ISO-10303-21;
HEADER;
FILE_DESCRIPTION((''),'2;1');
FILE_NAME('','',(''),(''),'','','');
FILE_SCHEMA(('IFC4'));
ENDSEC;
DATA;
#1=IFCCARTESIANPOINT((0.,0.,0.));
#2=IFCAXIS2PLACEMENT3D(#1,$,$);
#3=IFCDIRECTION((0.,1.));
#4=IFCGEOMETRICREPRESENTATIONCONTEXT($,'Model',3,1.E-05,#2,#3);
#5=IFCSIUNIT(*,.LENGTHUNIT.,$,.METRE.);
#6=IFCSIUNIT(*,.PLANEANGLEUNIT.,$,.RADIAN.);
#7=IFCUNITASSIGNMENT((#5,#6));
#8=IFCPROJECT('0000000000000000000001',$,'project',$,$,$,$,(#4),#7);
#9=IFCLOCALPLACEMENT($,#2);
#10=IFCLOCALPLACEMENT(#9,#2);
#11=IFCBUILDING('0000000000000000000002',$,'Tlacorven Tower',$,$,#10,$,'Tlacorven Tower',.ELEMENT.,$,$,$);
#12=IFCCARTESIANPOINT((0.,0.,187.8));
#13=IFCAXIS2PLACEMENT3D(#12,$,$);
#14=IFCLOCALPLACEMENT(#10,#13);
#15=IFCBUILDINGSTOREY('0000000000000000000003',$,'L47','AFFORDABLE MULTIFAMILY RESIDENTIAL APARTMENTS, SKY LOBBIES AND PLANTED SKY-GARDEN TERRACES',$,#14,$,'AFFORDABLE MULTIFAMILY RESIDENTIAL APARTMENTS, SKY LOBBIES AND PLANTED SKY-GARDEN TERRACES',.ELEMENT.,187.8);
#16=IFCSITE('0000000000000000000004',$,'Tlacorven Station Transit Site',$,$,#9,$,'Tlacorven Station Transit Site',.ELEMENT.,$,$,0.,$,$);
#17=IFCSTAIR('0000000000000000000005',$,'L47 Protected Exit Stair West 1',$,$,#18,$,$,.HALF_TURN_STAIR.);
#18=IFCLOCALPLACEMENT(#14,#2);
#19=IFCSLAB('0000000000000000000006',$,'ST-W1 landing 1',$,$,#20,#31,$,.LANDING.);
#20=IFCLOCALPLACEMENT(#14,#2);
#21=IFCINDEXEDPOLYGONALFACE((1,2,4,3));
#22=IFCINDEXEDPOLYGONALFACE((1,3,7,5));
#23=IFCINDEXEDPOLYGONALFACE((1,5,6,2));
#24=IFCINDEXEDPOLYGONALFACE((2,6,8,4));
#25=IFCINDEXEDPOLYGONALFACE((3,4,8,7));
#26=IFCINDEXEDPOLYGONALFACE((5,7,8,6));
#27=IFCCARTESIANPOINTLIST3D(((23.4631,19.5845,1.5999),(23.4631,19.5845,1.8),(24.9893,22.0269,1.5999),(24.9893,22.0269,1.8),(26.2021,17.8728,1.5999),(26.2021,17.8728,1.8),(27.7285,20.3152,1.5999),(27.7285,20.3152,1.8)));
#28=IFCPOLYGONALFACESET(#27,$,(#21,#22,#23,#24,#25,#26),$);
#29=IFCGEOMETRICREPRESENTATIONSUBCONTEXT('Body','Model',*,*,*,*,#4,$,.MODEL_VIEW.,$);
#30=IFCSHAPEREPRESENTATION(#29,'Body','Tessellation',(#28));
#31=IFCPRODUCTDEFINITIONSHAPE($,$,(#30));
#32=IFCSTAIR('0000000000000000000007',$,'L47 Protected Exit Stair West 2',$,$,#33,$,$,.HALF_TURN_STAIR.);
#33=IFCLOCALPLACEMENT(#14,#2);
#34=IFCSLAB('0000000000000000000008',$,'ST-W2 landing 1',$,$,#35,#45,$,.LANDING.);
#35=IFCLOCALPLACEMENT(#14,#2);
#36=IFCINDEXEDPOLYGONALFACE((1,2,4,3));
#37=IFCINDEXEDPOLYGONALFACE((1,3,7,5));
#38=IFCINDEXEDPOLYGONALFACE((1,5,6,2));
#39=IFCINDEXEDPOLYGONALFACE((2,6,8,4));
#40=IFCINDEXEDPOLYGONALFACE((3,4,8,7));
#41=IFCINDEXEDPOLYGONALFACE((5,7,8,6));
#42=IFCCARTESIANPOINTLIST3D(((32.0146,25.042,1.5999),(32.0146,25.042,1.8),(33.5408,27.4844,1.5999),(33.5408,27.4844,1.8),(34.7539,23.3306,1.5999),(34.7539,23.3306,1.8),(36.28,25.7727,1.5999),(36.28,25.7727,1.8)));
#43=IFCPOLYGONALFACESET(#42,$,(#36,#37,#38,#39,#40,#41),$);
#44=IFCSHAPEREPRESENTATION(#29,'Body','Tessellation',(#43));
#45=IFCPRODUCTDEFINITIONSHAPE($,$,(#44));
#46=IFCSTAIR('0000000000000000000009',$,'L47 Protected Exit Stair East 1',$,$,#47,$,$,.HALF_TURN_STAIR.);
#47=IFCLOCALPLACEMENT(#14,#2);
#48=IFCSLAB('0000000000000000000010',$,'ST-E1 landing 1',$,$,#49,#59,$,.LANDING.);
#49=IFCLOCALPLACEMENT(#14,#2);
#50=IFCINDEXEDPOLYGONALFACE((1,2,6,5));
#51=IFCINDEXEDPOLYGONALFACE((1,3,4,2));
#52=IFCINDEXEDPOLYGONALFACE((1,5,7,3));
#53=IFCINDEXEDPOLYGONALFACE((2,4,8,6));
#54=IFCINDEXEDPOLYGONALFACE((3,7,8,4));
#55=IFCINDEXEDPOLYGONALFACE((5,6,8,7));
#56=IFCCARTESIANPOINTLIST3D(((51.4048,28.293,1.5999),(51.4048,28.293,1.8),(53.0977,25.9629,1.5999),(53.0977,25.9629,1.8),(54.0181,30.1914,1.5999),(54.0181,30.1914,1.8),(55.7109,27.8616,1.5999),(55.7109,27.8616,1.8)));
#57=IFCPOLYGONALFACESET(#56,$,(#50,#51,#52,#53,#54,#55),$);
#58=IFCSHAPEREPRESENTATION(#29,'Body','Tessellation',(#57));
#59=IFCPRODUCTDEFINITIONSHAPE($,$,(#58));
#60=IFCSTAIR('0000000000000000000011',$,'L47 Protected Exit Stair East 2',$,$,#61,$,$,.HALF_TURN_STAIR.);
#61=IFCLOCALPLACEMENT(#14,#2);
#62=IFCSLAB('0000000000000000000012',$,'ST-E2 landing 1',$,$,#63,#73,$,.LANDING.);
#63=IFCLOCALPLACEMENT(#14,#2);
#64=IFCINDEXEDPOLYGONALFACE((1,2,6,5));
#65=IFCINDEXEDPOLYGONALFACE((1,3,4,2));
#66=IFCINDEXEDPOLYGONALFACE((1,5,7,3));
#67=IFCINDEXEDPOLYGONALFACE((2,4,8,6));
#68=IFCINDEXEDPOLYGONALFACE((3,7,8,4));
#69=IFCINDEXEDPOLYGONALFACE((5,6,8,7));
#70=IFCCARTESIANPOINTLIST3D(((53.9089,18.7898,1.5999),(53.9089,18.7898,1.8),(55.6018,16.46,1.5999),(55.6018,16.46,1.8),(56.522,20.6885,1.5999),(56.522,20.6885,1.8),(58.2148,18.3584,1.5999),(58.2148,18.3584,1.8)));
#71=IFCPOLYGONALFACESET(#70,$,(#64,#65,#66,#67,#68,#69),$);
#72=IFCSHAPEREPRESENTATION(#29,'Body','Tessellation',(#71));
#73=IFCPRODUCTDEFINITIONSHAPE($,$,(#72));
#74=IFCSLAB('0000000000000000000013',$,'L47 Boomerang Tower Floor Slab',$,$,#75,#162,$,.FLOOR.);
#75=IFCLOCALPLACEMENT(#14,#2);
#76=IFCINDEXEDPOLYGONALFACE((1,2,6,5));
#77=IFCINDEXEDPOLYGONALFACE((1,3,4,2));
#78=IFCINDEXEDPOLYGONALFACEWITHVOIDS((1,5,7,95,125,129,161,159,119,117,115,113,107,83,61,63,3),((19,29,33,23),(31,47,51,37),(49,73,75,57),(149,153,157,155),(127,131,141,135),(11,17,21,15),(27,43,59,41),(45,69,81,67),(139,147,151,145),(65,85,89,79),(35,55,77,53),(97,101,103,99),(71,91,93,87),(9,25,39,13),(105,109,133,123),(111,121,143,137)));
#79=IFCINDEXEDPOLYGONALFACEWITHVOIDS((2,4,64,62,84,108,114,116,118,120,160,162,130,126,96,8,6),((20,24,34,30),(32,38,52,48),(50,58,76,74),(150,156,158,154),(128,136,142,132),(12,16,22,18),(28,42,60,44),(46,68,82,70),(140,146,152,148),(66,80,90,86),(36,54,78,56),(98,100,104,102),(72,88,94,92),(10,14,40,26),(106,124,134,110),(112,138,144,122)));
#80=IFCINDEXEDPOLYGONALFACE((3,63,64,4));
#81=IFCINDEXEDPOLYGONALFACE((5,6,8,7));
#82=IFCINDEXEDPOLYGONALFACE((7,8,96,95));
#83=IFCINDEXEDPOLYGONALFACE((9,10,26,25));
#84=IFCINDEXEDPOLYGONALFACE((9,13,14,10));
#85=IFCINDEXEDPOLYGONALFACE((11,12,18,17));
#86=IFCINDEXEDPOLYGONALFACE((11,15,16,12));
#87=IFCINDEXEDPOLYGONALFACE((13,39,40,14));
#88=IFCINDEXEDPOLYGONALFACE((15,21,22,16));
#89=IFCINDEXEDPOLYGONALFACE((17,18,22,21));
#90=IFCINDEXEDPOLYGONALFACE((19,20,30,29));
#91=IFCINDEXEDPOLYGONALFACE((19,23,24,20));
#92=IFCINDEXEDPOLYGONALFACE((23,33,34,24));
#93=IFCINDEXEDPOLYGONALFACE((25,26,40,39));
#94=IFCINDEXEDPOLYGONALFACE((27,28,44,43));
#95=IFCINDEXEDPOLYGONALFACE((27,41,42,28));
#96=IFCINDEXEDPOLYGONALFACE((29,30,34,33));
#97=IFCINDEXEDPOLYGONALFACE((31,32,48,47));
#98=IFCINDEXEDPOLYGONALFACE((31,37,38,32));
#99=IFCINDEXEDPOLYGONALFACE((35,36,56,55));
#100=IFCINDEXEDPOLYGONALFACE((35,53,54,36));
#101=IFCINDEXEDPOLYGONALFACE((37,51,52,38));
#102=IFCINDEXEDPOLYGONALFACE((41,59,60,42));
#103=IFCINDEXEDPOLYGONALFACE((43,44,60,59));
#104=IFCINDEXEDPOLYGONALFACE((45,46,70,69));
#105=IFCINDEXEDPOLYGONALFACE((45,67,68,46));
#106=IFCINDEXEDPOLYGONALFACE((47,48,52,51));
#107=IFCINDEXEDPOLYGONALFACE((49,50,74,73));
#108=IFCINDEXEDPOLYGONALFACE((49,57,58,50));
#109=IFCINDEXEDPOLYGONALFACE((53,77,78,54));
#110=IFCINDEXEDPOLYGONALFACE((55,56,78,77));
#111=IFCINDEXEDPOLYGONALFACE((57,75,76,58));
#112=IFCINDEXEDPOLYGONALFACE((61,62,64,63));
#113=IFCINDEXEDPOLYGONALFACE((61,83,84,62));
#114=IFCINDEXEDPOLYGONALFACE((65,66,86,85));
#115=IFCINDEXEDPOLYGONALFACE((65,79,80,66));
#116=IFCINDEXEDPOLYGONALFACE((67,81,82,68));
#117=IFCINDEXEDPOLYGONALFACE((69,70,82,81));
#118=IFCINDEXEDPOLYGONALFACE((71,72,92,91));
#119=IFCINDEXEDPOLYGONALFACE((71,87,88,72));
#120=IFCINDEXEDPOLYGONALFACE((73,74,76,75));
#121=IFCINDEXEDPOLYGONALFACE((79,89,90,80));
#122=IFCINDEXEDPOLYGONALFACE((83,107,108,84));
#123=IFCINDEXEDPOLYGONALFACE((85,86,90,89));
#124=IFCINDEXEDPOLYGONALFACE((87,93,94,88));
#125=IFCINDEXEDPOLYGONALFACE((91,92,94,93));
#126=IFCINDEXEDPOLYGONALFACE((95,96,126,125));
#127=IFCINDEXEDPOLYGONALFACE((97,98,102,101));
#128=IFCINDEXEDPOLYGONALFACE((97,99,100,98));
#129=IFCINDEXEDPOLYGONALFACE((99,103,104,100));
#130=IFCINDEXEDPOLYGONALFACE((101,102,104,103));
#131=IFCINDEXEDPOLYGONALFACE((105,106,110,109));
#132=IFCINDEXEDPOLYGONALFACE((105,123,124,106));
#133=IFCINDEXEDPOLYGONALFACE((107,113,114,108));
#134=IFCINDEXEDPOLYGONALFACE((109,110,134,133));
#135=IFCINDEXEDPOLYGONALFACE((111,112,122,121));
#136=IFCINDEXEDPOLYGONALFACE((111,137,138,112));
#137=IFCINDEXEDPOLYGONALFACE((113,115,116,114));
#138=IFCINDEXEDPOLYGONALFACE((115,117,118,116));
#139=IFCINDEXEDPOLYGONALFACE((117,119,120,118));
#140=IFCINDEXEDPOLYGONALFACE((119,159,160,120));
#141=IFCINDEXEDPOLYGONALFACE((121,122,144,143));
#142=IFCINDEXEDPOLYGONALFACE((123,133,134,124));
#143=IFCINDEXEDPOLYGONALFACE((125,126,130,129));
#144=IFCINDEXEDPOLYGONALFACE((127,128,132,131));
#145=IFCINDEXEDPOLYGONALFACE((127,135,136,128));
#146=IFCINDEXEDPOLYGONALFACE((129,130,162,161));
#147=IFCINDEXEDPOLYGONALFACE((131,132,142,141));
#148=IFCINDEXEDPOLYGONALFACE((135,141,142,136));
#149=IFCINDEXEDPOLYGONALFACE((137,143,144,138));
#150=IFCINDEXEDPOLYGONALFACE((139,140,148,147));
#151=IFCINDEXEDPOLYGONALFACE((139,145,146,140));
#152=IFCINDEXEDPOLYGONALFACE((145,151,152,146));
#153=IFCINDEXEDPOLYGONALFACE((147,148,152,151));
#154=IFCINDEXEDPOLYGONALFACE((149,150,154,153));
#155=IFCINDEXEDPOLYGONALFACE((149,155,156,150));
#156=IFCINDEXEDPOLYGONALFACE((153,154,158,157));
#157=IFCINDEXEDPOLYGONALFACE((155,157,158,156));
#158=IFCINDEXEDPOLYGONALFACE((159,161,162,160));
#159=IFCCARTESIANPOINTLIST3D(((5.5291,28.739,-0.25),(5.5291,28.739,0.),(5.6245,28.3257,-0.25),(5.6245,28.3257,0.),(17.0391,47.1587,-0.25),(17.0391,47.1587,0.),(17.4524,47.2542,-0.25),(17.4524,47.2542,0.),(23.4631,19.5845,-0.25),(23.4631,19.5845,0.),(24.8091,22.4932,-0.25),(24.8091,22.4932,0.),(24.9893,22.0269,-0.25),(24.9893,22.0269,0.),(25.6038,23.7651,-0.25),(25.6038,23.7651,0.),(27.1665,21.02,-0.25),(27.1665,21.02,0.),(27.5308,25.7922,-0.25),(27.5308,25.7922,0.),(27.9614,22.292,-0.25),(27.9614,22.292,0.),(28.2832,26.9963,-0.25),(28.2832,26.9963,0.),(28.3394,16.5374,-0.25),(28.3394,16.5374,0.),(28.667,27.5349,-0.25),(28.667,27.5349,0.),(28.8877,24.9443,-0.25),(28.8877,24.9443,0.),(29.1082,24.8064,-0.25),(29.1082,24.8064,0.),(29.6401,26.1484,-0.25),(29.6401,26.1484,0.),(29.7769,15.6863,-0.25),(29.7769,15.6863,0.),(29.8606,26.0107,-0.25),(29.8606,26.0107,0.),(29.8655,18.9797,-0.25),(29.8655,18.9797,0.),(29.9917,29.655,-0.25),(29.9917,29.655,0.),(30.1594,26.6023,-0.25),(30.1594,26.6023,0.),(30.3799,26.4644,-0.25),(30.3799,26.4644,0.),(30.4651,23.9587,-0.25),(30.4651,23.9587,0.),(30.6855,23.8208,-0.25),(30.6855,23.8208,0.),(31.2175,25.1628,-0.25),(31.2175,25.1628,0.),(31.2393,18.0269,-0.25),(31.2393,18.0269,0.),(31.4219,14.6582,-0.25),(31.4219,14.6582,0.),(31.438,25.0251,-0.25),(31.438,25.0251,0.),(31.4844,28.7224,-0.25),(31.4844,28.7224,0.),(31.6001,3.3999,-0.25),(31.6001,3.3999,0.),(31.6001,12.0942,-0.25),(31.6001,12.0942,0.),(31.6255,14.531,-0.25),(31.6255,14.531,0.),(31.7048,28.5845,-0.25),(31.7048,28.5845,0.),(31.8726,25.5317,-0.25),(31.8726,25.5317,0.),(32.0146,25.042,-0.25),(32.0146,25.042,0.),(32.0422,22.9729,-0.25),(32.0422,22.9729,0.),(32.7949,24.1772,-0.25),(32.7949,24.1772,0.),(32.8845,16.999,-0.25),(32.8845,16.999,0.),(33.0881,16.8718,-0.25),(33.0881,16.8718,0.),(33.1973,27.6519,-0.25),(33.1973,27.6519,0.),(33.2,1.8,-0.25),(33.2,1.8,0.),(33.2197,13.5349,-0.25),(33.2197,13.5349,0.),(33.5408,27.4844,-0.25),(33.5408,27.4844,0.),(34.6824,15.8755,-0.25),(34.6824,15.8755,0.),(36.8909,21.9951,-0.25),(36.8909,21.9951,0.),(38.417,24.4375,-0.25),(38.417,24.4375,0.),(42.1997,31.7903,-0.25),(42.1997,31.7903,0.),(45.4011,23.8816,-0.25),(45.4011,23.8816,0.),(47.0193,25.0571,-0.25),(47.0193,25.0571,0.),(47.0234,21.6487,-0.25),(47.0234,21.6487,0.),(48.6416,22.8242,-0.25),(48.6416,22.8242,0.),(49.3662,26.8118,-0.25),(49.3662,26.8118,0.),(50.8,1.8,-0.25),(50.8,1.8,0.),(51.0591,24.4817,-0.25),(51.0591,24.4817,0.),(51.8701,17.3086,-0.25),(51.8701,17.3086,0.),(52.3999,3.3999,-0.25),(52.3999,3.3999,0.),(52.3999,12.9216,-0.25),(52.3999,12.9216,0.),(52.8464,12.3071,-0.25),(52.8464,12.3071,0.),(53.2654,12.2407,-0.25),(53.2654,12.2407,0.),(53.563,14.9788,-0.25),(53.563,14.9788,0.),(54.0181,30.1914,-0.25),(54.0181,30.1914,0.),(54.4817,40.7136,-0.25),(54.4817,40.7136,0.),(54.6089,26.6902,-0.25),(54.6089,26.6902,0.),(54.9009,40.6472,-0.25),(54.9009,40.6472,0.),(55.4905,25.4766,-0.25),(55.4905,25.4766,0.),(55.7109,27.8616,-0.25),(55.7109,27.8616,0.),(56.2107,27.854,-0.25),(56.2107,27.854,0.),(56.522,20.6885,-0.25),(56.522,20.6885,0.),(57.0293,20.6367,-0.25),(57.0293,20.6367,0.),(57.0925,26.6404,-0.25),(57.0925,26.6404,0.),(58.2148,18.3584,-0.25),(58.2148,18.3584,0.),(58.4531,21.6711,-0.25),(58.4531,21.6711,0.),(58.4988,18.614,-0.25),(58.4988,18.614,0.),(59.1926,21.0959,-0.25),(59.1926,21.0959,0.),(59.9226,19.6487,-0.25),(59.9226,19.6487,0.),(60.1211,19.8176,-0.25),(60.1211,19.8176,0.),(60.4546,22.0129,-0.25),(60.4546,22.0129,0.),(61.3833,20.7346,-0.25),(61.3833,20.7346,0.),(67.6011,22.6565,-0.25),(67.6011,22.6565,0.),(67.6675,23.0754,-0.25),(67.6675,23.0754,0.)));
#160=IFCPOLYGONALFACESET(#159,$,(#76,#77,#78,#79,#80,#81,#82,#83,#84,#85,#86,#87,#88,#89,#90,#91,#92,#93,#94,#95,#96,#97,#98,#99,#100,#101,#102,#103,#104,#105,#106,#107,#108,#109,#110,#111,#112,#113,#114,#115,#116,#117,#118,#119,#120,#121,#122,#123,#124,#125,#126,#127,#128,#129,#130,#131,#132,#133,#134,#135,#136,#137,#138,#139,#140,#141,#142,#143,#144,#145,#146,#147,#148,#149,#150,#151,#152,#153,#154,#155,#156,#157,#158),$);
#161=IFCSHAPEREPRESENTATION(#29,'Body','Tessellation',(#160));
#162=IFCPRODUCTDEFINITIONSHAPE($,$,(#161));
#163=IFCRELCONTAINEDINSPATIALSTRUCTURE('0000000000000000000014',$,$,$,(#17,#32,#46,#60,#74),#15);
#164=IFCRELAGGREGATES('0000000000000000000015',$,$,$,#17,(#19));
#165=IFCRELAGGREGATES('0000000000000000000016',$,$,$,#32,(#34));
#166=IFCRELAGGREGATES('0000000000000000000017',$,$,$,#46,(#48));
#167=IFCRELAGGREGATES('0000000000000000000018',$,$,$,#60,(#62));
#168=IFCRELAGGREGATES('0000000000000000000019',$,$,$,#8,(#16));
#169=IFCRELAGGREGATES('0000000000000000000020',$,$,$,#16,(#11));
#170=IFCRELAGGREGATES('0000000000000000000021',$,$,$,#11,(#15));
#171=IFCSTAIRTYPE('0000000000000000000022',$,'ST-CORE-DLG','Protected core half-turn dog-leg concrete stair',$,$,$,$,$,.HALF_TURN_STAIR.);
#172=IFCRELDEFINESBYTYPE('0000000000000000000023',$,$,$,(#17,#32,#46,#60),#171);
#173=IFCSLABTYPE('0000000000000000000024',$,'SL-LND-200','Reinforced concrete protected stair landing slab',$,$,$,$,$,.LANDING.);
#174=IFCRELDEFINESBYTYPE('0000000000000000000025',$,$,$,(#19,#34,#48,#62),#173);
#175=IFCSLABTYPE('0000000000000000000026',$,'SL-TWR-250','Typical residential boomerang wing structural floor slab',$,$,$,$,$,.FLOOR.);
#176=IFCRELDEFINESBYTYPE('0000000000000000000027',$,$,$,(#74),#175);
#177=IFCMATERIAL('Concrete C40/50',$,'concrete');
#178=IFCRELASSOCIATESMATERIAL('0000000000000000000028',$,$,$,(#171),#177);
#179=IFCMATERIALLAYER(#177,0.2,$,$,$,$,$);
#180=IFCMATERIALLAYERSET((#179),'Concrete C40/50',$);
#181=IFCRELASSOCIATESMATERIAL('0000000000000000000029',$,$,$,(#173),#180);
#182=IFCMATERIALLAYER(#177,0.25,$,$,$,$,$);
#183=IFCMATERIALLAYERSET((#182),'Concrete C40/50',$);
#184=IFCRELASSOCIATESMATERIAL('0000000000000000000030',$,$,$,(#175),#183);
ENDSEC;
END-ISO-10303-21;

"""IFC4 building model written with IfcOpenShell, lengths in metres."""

from ifc_helpers import new_model, si_unit, direction, frame, origin, place, context, subcontext, project, spatial, polyline, outline, extrude, material, layer, layer_set, type_object, element, aggregate, save


model = new_model("IFC4")

# Units and contexts
model_context = context("Model", 3, precision=1e-05, world=origin(), true_north=direction((0.0, 1.0)))
body_context = subcontext(model_context, "Body", "Model", "MODEL_VIEW")
ifc_project = project(units=[si_unit("LENGTHUNIT", "METRE"), si_unit("PLANEANGLEUNIT", "RADIAN")], contexts=[model_context])

# Site, building, storey
site_placement = place(None, origin())
site = spatial("IfcSite", under=ifc_project, at=site_placement, Name="Tlacorven Station Transit Site", LongName="Tlacorven Station Transit Site", CompositionType="ELEMENT", RefElevation=0.0)
building_placement = place(site_placement, origin())
building = spatial("IfcBuilding", under=site, at=building_placement, Name="Tlacorven Tower", LongName="Tlacorven Tower", CompositionType="ELEMENT")
storey_placement = place(building_placement, frame((0.0, 0.0, 187.8)))
storey = spatial("IfcBuildingStorey", under=building, at=storey_placement, Name="L47", Description="AFFORDABLE MULTIFAMILY RESIDENTIAL APARTMENTS, SKY LOBBIES AND PLANTED SKY-GARDEN TERRACES", LongName="AFFORDABLE MULTIFAMILY RESIDENTIAL APARTMENTS, SKY LOBBIES AND PLANTED SKY-GARDEN TERRACES", CompositionType="ELEMENT", Elevation=187.8)

# Stairs, slabs
ifc_material_1 = material(Name="Concrete C40/50", Category="concrete")
stair_type = type_object("IfcStairType", Name="ST-CORE-DLG", Description="Protected core half-turn dog-leg concrete stair", PredefinedType="HALF_TURN_STAIR", material=ifc_material_1)
stair_1_placement = place(storey_placement, origin())
stair_1 = element("IfcStair", 1, at=stair_1_placement, inside=storey, type_object=stair_type, Name="L47 Protected Exit Stair West 1", PredefinedType="HALF_TURN_STAIR")
ifc_layer_1 = layer(ifc_material_1, 0.2)
ifc_layer_set_1 = layer_set([ifc_layer_1], Name="Concrete C40/50")
slab_type_1 = type_object("IfcSlabType", Name="SL-LND-200", Description="Reinforced concrete protected stair landing slab", PredefinedType="LANDING", material=ifc_layer_set_1)
slab_1_placement = place(storey_placement, frame((0.0, 0.0, 1.5999)))
slab_1 = element("IfcSlab", 2, at=slab_1_placement, type_object=slab_type_1, Name="ST-W1 landing 1", PredefinedType="LANDING", context=body_context, shape_type="SweptSolid", body=[
    extrude(outline(polyline([(27.7285, 20.3152), (24.9893, 22.0269), (23.4631, 19.5845), (26.2021, 17.8728), (27.7285, 20.3152)])), origin(), (0.0, 0.0, 1.0), 0.2002),
])
aggregate(stair_1, [slab_1])
stair_2_placement = place(storey_placement, origin())
stair_2 = element("IfcStair", 3, at=stair_2_placement, inside=storey, type_object=stair_type, Name="L47 Protected Exit Stair West 2", PredefinedType="HALF_TURN_STAIR")
slab_2_placement = place(storey_placement, frame((0.0, 0.0, 1.5999)))
slab_2 = element("IfcSlab", 4, at=slab_2_placement, type_object=slab_type_1, Name="ST-W2 landing 1", PredefinedType="LANDING", context=body_context, shape_type="SweptSolid", body=[
    extrude(outline(polyline([(36.28, 25.7727), (33.5408, 27.4844), (32.0146, 25.042), (34.7539, 23.3306), (36.28, 25.7727)])), origin(), (0.0, 0.0, 1.0), 0.2002),
])
aggregate(stair_2, [slab_2])
stair_3_placement = place(storey_placement, origin())
stair_3 = element("IfcStair", 5, at=stair_3_placement, inside=storey, type_object=stair_type, Name="L47 Protected Exit Stair East 1", PredefinedType="HALF_TURN_STAIR")
slab_3_placement = place(storey_placement, frame((0.0, 0.0, 1.5999)))
slab_3 = element("IfcSlab", 6, at=slab_3_placement, type_object=slab_type_1, Name="ST-E1 landing 1", PredefinedType="LANDING", context=body_context, shape_type="SweptSolid", body=[
    extrude(outline(polyline([(53.0977, 25.9629), (55.7109, 27.8616), (54.0181, 30.1914), (51.4048, 28.293), (53.0977, 25.9629)])), origin(), (0.0, 0.0, 1.0), 0.2002),
])
aggregate(stair_3, [slab_3])
stair_4_placement = place(storey_placement, origin())
stair_4 = element("IfcStair", 7, at=stair_4_placement, inside=storey, type_object=stair_type, Name="L47 Protected Exit Stair East 2", PredefinedType="HALF_TURN_STAIR")
slab_4_placement = place(storey_placement, frame((0.0, 0.0, 1.5999)))
slab_4 = element("IfcSlab", 8, at=slab_4_placement, type_object=slab_type_1, Name="ST-E2 landing 1", PredefinedType="LANDING", context=body_context, shape_type="SweptSolid", body=[
    extrude(outline(polyline([(55.6018, 16.46), (58.2148, 18.3584), (56.522, 20.6885), (53.9089, 18.7898), (55.6018, 16.46)])), origin(), (0.0, 0.0, 1.0), 0.2002),
])
aggregate(stair_4, [slab_4])

# Slab
ifc_layer_2 = layer(ifc_material_1, 0.25)
ifc_layer_set_2 = layer_set([ifc_layer_2], Name="Concrete C40/50")
slab_type_2 = type_object("IfcSlabType", Name="SL-TWR-250", Description="Typical residential boomerang wing structural floor slab", PredefinedType="FLOOR", material=ifc_layer_set_2)
slab_5_placement = place(storey_placement, frame((0.0, 0.0, -0.25)))
element("IfcSlab", 9, at=slab_5_placement, inside=storey, type_object=slab_type_2, Name="L47 Boomerang Tower Floor Slab", PredefinedType="FLOOR", context=body_context, shape_type="SweptSolid", body=[
    extrude(outline(polyline([(52.3999, 3.3999), (50.8, 1.8), (33.2, 1.8), (31.6001, 3.3999), (31.6001, 12.0942), (5.6245, 28.3257), (5.5291, 28.739), (17.0391, 47.1587), (17.4524, 47.2542), (42.1997, 31.7903), (54.4817, 40.7136), (54.9009, 40.6472), (67.6675, 23.0754), (67.6011, 22.6565), (53.2654, 12.2407), (52.8464, 12.3071), (52.3999, 12.9216), (52.3999, 3.3999)]), holes=[polyline([(29.8655, 18.9797), (24.9893, 22.0269), (23.4631, 19.5845), (28.3394, 16.5374), (29.8655, 18.9797)]), polyline([(38.417, 24.4375), (33.5408, 27.4844), (32.0146, 25.042), (36.8909, 21.9951), (38.417, 24.4375)]), polyline([(51.0591, 24.4817), (55.7109, 27.8616), (54.0181, 30.1914), (49.3662, 26.8118), (51.0591, 24.4817)]), polyline([(53.563, 14.9788), (58.2148, 18.3584), (56.522, 20.6885), (51.8701, 17.3086), (53.563, 14.9788)]), polyline([(34.6824, 15.8755), (33.0881, 16.8718), (31.6255, 14.531), (33.2197, 13.5349), (34.6824, 15.8755)]), polyline([(32.8845, 16.999), (31.2393, 18.0269), (29.7769, 15.6863), (31.4219, 14.6582), (32.8845, 16.999)]), polyline([(47.0234, 21.6487), (48.6416, 22.8242), (47.0193, 25.0571), (45.4011, 23.8816), (47.0234, 21.6487)]), polyline([(33.1973, 27.6519), (31.7048, 28.5845), (30.3799, 26.4644), (31.8726, 25.5317), (33.1973, 27.6519)]), polyline([(31.4844, 28.7224), (29.9917, 29.655), (28.667, 27.5349), (30.1594, 26.6023), (31.4844, 28.7224)]), polyline([(32.7949, 24.1772), (31.438, 25.0251), (30.6855, 23.8208), (32.0422, 22.9729), (32.7949, 24.1772)]), polyline([(31.2175, 25.1628), (29.8606, 26.0107), (29.1082, 24.8064), (30.4651, 23.9587), (31.2175, 25.1628)]), polyline([(29.6401, 26.1484), (28.2832, 26.9963), (27.5308, 25.7922), (28.8877, 24.9443), (29.6401, 26.1484)]), polyline([(58.4988, 18.614), (59.9226, 19.6487), (58.4531, 21.6711), (57.0293, 20.6367), (58.4988, 18.614)]), polyline([(27.9614, 22.292), (25.6038, 23.7651), (24.8091, 22.4932), (27.1665, 21.02), (27.9614, 22.292)]), polyline([(55.4905, 25.4766), (57.0925, 26.6404), (56.2107, 27.854), (54.6089, 26.6902), (55.4905, 25.4766)]), polyline([(60.1211, 19.8176), (61.3833, 20.7346), (60.4546, 22.0129), (59.1926, 21.0959), (60.1211, 19.8176)])]), origin(), (0.0, 0.0, 1.0), 0.25),
])

save(model, "model.ifc")
